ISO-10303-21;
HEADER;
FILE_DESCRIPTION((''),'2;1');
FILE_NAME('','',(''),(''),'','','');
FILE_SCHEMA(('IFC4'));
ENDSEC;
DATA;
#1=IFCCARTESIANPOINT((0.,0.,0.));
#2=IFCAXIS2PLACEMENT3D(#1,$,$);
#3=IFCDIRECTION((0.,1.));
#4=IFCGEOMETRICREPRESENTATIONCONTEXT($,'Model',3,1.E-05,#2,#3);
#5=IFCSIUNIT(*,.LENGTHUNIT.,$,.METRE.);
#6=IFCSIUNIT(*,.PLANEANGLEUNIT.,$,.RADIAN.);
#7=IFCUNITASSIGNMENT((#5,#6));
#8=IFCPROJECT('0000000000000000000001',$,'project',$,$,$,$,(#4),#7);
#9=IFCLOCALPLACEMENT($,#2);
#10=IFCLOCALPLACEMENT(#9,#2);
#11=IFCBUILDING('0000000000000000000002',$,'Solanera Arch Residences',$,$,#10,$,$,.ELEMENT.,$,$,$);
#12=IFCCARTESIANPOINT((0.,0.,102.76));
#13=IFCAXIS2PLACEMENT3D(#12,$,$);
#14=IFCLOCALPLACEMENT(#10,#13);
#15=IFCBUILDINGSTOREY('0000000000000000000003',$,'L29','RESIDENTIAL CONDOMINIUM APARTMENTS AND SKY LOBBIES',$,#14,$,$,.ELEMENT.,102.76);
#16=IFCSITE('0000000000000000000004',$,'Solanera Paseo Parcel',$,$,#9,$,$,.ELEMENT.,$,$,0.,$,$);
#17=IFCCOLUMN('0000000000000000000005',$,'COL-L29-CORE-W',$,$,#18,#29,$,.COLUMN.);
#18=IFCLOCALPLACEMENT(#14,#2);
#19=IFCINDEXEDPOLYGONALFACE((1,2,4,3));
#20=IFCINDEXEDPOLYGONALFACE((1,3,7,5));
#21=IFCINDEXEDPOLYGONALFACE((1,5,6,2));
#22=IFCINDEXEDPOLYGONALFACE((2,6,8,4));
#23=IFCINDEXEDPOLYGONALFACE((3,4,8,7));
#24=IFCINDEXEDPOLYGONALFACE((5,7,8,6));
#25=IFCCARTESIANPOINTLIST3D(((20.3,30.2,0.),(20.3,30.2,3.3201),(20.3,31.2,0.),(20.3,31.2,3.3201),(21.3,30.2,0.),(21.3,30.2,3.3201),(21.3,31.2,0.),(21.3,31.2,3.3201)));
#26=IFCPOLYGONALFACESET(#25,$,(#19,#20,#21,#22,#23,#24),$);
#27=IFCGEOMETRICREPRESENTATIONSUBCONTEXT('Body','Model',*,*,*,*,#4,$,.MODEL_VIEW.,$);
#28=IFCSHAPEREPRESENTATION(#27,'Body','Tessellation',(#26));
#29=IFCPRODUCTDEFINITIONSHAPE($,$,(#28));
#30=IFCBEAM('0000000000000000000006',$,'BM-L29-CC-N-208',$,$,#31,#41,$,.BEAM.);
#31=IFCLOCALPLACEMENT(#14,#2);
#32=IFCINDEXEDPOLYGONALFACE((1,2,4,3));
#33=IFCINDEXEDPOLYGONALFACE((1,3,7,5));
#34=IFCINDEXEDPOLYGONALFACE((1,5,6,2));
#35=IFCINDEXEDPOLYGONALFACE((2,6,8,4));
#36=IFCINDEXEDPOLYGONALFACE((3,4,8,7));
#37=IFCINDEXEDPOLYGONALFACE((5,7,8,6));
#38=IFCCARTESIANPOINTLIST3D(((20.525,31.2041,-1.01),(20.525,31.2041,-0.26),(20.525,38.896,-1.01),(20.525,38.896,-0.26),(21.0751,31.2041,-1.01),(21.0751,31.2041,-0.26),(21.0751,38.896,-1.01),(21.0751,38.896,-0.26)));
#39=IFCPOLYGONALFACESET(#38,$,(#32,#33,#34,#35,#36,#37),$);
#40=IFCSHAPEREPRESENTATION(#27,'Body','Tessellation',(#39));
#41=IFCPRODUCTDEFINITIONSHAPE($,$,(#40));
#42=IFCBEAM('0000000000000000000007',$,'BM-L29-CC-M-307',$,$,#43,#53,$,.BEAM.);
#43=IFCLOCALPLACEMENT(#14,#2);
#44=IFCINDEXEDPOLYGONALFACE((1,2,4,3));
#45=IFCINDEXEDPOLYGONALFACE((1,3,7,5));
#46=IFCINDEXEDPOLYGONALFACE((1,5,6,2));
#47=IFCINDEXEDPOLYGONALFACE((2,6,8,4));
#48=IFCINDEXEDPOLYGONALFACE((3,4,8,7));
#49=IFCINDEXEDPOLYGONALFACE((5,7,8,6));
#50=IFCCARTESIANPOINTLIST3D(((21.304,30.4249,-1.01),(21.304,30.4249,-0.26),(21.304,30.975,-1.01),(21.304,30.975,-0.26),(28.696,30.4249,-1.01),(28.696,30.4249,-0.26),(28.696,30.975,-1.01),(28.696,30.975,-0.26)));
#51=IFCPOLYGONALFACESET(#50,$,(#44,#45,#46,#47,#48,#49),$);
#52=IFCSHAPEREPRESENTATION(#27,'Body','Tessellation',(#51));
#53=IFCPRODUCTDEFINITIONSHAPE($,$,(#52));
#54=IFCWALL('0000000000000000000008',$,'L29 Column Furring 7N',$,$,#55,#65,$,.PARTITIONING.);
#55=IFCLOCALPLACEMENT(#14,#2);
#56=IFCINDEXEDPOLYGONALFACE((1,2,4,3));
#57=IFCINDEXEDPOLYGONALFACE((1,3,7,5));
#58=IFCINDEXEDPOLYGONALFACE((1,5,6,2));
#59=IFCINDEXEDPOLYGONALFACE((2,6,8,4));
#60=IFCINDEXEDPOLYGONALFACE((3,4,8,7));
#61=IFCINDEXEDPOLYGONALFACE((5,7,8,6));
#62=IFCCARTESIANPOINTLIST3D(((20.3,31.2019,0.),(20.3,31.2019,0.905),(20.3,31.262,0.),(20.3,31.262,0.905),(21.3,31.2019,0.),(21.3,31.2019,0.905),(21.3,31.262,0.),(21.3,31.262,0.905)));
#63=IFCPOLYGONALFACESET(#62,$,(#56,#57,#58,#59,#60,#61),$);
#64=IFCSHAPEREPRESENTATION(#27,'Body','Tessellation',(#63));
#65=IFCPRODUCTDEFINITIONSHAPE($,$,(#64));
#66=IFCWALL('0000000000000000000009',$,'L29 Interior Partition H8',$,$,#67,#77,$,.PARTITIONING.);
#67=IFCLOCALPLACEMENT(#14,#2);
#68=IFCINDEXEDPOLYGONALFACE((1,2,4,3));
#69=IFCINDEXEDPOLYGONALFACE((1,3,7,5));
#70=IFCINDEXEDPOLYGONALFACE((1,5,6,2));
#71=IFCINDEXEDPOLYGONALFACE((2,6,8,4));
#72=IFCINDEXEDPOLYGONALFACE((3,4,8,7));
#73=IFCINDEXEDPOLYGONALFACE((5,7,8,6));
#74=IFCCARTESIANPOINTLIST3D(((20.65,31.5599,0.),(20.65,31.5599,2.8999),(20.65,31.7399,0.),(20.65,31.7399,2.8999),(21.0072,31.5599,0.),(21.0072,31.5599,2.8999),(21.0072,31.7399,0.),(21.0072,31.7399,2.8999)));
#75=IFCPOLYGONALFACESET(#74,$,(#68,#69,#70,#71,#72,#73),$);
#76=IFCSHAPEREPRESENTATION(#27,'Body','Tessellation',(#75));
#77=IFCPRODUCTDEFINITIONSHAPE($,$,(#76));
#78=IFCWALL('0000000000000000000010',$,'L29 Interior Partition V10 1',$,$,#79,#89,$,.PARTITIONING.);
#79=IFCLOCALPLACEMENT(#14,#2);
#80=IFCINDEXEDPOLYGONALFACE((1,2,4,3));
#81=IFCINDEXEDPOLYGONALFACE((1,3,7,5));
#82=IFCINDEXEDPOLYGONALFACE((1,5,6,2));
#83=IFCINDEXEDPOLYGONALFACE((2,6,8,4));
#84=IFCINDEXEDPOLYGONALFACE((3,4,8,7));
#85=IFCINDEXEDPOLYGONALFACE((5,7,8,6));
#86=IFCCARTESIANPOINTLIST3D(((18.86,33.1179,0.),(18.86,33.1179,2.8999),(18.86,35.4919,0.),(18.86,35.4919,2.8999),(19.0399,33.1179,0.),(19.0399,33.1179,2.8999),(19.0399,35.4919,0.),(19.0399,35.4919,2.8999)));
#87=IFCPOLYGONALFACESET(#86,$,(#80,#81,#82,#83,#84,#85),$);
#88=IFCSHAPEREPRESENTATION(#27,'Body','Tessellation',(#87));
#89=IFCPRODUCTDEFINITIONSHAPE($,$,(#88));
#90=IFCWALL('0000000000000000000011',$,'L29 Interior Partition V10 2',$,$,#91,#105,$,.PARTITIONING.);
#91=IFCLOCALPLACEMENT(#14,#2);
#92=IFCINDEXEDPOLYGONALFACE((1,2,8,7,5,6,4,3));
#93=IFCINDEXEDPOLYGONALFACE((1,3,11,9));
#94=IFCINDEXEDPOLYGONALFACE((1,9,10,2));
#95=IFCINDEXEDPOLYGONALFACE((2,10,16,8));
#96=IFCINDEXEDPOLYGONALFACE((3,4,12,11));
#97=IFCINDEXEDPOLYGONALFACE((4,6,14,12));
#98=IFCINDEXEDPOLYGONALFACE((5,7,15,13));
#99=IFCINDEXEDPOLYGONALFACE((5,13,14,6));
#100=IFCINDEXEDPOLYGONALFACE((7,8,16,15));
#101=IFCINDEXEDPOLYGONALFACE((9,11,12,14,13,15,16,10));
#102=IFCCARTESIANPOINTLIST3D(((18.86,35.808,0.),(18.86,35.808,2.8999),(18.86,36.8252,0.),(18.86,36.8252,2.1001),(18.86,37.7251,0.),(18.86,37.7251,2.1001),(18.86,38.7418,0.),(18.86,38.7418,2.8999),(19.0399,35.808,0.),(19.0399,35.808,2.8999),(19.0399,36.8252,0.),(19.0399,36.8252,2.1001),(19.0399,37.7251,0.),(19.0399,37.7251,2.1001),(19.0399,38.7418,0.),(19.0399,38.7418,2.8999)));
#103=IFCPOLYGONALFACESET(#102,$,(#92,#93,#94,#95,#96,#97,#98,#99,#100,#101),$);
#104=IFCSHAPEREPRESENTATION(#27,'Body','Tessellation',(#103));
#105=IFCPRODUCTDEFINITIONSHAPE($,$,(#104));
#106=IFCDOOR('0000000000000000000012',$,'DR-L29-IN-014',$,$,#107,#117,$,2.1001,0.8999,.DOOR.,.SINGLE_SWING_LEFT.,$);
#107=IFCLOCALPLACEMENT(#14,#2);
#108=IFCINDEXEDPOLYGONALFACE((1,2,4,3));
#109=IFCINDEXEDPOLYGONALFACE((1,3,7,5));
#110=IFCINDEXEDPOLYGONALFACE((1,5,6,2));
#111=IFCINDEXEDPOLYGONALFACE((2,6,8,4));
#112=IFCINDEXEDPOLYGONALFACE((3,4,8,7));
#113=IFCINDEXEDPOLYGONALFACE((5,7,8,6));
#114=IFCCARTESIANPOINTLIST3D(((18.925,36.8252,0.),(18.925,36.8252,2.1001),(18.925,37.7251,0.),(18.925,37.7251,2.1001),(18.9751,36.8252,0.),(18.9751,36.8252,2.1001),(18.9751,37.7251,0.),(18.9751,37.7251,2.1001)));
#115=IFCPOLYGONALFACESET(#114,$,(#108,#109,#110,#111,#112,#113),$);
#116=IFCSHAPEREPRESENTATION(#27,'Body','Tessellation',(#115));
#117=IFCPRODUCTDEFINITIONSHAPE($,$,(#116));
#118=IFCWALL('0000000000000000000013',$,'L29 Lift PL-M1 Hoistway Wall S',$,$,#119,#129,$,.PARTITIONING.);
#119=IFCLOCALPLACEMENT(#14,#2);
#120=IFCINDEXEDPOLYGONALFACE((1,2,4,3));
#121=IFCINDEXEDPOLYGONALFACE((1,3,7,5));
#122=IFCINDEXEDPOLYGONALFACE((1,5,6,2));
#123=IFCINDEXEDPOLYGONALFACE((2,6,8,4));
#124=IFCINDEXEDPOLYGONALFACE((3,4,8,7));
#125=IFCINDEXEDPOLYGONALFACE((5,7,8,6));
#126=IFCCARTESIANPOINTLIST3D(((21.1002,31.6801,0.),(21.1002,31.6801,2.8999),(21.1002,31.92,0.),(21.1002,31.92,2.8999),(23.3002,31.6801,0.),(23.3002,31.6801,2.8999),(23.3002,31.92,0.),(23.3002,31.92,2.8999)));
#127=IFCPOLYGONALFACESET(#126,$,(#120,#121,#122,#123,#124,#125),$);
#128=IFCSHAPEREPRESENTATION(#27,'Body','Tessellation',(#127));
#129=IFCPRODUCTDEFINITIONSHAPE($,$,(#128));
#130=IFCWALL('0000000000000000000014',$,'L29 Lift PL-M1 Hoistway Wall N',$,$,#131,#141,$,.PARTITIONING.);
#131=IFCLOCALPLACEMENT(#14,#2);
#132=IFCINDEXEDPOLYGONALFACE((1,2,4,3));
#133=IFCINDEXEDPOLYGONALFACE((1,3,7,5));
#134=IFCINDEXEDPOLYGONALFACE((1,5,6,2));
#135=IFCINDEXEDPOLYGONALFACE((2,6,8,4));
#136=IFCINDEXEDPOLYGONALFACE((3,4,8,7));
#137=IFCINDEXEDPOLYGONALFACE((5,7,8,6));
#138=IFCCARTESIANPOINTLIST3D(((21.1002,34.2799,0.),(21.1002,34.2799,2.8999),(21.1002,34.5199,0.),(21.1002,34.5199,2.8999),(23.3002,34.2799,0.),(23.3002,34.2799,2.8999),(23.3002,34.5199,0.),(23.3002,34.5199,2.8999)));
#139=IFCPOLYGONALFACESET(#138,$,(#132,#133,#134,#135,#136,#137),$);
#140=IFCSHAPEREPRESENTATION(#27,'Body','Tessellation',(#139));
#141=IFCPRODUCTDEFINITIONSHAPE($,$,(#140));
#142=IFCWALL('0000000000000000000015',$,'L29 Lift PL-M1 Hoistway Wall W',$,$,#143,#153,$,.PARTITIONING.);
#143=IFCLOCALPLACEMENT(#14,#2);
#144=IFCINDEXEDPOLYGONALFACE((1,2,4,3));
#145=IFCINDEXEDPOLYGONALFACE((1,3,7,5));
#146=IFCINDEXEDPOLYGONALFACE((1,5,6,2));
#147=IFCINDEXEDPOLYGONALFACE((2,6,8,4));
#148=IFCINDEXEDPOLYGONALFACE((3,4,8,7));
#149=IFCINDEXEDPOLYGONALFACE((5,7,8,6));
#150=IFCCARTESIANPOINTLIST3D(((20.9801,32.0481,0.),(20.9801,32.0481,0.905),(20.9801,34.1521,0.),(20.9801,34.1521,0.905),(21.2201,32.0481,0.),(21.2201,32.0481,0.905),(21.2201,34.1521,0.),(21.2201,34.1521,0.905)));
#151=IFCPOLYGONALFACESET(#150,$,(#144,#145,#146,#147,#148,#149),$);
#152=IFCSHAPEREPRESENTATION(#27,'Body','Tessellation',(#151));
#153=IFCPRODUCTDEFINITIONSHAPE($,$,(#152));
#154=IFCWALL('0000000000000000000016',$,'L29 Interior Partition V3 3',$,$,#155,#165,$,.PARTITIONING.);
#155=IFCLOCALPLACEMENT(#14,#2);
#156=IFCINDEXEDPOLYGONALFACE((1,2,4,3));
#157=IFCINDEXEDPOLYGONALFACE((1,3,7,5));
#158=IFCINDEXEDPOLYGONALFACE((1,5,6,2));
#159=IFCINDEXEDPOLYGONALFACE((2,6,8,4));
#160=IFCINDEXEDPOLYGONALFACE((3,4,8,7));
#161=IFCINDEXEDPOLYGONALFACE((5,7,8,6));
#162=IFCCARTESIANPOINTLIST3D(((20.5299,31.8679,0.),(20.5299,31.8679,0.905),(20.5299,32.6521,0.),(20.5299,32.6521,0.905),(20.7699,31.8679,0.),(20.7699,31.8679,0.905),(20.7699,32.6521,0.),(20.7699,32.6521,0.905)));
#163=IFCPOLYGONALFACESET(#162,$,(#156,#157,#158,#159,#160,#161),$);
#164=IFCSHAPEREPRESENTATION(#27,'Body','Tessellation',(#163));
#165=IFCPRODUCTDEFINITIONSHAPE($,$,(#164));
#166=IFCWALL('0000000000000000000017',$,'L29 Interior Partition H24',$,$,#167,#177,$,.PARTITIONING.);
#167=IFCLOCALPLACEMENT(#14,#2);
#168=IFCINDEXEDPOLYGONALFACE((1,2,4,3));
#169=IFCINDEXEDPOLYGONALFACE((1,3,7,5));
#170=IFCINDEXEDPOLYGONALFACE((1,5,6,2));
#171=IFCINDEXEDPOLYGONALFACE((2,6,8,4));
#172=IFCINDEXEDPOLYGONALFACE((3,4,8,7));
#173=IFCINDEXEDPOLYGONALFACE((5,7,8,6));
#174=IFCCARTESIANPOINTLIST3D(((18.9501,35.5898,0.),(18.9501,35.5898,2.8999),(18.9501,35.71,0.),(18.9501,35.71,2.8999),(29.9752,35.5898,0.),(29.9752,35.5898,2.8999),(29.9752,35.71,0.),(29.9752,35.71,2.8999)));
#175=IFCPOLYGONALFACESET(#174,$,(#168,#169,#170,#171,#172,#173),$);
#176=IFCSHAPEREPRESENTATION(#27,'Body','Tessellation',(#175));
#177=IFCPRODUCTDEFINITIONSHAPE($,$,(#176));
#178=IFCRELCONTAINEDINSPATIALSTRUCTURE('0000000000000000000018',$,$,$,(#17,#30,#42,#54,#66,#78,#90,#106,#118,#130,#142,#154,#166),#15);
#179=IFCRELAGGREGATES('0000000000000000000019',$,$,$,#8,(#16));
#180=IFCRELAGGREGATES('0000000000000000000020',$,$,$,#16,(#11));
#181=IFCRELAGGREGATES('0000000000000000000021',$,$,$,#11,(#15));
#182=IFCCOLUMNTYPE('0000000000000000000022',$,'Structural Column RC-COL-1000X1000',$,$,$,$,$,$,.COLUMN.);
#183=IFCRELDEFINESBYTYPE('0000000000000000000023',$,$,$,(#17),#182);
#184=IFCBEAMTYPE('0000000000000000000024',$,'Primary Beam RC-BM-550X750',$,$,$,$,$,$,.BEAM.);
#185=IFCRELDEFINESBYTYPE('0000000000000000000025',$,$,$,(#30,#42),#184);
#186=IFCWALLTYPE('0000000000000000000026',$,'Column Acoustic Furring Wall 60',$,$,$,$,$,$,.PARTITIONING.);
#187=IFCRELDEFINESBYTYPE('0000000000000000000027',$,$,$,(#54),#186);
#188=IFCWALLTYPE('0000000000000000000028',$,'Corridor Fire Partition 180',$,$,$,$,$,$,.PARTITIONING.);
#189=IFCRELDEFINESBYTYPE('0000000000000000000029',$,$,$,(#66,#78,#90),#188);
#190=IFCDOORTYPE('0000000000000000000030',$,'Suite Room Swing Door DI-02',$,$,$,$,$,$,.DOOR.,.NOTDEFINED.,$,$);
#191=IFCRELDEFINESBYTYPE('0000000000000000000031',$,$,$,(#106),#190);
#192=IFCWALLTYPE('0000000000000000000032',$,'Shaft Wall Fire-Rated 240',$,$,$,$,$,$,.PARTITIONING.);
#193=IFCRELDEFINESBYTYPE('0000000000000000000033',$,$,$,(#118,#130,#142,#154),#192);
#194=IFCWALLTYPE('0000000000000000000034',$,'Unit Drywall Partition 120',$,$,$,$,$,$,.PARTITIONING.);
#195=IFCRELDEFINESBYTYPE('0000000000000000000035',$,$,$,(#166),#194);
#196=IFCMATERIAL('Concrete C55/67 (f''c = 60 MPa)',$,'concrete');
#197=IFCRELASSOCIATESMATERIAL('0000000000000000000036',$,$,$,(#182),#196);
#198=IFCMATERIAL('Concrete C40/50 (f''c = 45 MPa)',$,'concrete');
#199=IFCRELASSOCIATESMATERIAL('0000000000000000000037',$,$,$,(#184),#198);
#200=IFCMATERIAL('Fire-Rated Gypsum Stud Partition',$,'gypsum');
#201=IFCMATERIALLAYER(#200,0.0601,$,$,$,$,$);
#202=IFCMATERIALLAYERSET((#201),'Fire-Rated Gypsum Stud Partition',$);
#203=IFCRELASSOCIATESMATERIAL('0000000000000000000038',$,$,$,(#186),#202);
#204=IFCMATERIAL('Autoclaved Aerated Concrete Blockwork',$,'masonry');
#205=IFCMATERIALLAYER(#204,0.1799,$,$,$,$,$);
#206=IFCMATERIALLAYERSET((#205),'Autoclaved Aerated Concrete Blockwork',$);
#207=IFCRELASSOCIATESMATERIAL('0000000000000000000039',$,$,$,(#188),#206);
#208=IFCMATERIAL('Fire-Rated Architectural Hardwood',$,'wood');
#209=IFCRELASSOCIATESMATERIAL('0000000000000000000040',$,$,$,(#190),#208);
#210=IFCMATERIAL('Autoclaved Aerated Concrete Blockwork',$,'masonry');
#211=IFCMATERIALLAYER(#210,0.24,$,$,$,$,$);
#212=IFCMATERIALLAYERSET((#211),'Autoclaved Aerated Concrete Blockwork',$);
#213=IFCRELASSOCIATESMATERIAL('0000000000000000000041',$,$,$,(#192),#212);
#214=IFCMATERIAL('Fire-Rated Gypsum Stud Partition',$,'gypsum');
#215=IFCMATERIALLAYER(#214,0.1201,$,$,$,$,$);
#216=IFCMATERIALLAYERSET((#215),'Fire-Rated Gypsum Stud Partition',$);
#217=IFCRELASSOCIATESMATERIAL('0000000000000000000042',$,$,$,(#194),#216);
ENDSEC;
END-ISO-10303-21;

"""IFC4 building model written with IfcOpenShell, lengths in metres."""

from ifc_helpers import new_model, si_unit, direction, frame, frame_2d, origin, origin_2d, place, context, subcontext, project, spatial, rectangle, extrude, material, layer, layer_set, material_profile, profile_set, type_object, element, fill, save


model = new_model("IFC4")

# Units and contexts
model_context = context("Model", 3, precision=1e-05, world=origin(), true_north=direction((0.0, 1.0)))
body_context = subcontext(model_context, "Body", "Model", "MODEL_VIEW")
ifc_project = project(units=[si_unit("LENGTHUNIT", "METRE"), si_unit("PLANEANGLEUNIT", "RADIAN")], contexts=[model_context])

# Site, building, storey
site_placement = place(None, origin())
site = spatial("IfcSite", under=ifc_project, at=site_placement, Name="Solanera Paseo Parcel", CompositionType="ELEMENT", RefElevation=0.0)
building_placement = place(site_placement, origin())
building = spatial("IfcBuilding", under=site, at=building_placement, Name="Solanera Arch Residences", CompositionType="ELEMENT")
storey_placement = place(building_placement, frame((0.0, 0.0, 102.76)))
storey = spatial("IfcBuildingStorey", under=building, at=storey_placement, Name="L29", Description="RESIDENTIAL CONDOMINIUM APARTMENTS AND SKY LOBBIES", CompositionType="ELEMENT", Elevation=102.76)

# Column
ifc_material_1 = material(Name="Concrete C55/67 (f'c = 60 MPa)", Category="concrete")
ifc_material_profile_1 = material_profile(ifc_material_1, rectangle(XDim=1.0, YDim=1.0, at=origin_2d()))
ifc_profile_set_1 = profile_set([ifc_material_profile_1], Name="Concrete C55/67 (f'c = 60 MPa)")
column_type = type_object("IfcColumnType", Name="Structural Column RC-COL-1000X1000", PredefinedType="COLUMN", material=ifc_profile_set_1)
column_placement = place(storey_placement, frame((20.8, 30.7, 0.0), z_axis=(0.0, 0.0, 1.0), x_axis=(1.0, 0.0, 0.0)))
element("IfcColumn", 1, at=column_placement, inside=storey, type_object=column_type, Name="COL-L29-CORE-W", PredefinedType="COLUMN", context=body_context, shape_type="SweptSolid", body=[
    extrude(rectangle(XDim=1.0, YDim=1.0, at=origin_2d()), origin(), (0.0, 0.0, 1.0), 3.3201),
])

# Beams
ifc_material_2 = material(Name="Concrete C40/50 (f'c = 45 MPa)", Category="concrete")
ifc_material_profile_2 = material_profile(ifc_material_2, rectangle(XDim=0.55, YDim=0.75, at=origin_2d()))
ifc_profile_set_2 = profile_set([ifc_material_profile_2], Name="Concrete C40/50 (f'c = 45 MPa)")
beam_type = type_object("IfcBeamType", Name="Primary Beam RC-BM-550X750", PredefinedType="BEAM", material=ifc_profile_set_2)
beam_1_placement = place(storey_placement, frame((20.8, 31.2041, -0.635), z_axis=(0.0, 1.0, 0.0), x_axis=(-1.0, 0.0, 0.0)))
element("IfcBeam", 2, at=beam_1_placement, inside=storey, type_object=beam_type, Name="BM-L29-CC-N-208", PredefinedType="BEAM", context=body_context, shape_type="SweptSolid", body=[
    extrude(rectangle(XDim=0.55, YDim=0.75, at=origin_2d()), origin(), (0.0, 0.0, 1.0), 7.6919),
])
beam_2_placement = place(storey_placement, frame((21.304, 30.7, -0.635), z_axis=(1.0, 0.0, 0.0), x_axis=(0.0, 1.0, 0.0)))
element("IfcBeam", 3, at=beam_2_placement, inside=storey, type_object=beam_type, Name="BM-L29-CC-M-307", PredefinedType="BEAM", context=body_context, shape_type="SweptSolid", body=[
    extrude(rectangle(XDim=0.55, YDim=0.75, at=origin_2d()), origin(), (0.0, 0.0, 1.0), 7.3921),
])

# Wall
ifc_material_3 = material(Name="Fire-Rated Gypsum Stud Partition", Category="gypsum")
ifc_layer_1 = layer(ifc_material_3, 0.0601)
ifc_layer_set_1 = layer_set([ifc_layer_1], Name="Fire-Rated Gypsum Stud Partition")
wall_type_1 = type_object("IfcWallType", Name="Column Acoustic Furring Wall 60", PredefinedType="PARTITIONING", material=ifc_layer_set_1)
wall_1_placement = place(storey_placement, frame((20.3, 31.2319, 0.0), z_axis=(0.0, 0.0, 1.0), x_axis=(1.0, 0.0, 0.0)))
element("IfcWall", 4, at=wall_1_placement, inside=storey, type_object=wall_type_1, Name="L29 Column Furring 7N", PredefinedType="PARTITIONING", context=body_context, shape_type="SweptSolid", body=[
    extrude(rectangle(XDim=1.0, YDim=0.0601, at=frame_2d((0.5, 0.0))), origin(), (0.0, 0.0, 1.0), 0.905),
])

# Walls
ifc_material_4 = material(Name="Autoclaved Aerated Concrete Blockwork", Category="masonry")
ifc_layer_2 = layer(ifc_material_4, 0.1799)
ifc_layer_set_2 = layer_set([ifc_layer_2], Name="Autoclaved Aerated Concrete Blockwork")
wall_type_2 = type_object("IfcWallType", Name="Corridor Fire Partition 180", PredefinedType="PARTITIONING", material=ifc_layer_set_2)
wall_2_placement = place(storey_placement, frame((20.6499, 31.6499, 0.0), z_axis=(0.0, 0.0, 1.0), x_axis=(1.0, 0.0, 0.0)))
element("IfcWall", 5, at=wall_2_placement, inside=storey, type_object=wall_type_2, Name="L29 Interior Partition H8", PredefinedType="PARTITIONING", context=body_context, shape_type="SweptSolid", body=[
    extrude(rectangle(XDim=0.3572, YDim=0.1799, at=frame_2d((0.1787, 0.0))), origin(), (0.0, 0.0, 1.0), 2.8999),
])
wall_3_placement = place(storey_placement, frame((18.95, 33.1179, 0.0), z_axis=(0.0, 0.0, 1.0), x_axis=(0.0, 1.0, 0.0)))
element("IfcWall", 6, at=wall_3_placement, inside=storey, type_object=wall_type_2, Name="L29 Interior Partition V10 1", PredefinedType="PARTITIONING", context=body_context, shape_type="SweptSolid", body=[
    extrude(rectangle(XDim=2.374, YDim=0.1799, at=frame_2d((1.187, 0.0))), origin(), (0.0, 0.0, 1.0), 2.8999),
])

# Wall, opening, door
wall_4_placement = place(storey_placement, frame((18.95, 35.8081, 0.0), z_axis=(0.0, 0.0, 1.0), x_axis=(0.0, 1.0, 0.0)))
wall_4 = element("IfcWall", 7, at=wall_4_placement, inside=storey, type_object=wall_type_2, Name="L29 Interior Partition V10 2", PredefinedType="PARTITIONING", context=body_context, shape_type="SweptSolid", body=[
    extrude(rectangle(XDim=2.9338, YDim=0.1799, at=frame_2d((1.4668, 0.0))), origin(), (0.0, 0.0, 1.0), 2.8999),
])
opening_1_placement = place(wall_4_placement, frame((1.0171, 0.0, 0.0)))
opening_1 = element("IfcOpeningElement", 8, at=opening_1_placement, cuts=wall_4, PredefinedType="OPENING", context=body_context, shape_type="SweptSolid", body=[
    extrude(rectangle(XDim=0.8999, YDim=2.1001, at=frame_2d((0.45, 1.05))), frame((0.0, 0.1001, 0.0), z_axis=(0.0, -1.0, 0.0), x_axis=(1.0, 0.0, 0.0)), (0.0, 0.0, 1.0), 0.1999),
])
ifc_material_5 = material(Name="Fire-Rated Architectural Hardwood", Category="wood")
door_type_1 = type_object("IfcDoorType", Name="Suite Room Swing Door DI-02", OperationType="NOTDEFINED", PredefinedType="DOOR", material=ifc_material_5)
door_1_placement = place(opening_1_placement, origin())
door_1 = element("IfcDoor", 9, at=door_1_placement, inside=storey, type_object=door_type_1, Name="DR-L29-IN-014", OperationType="SINGLE_SWING_LEFT", OverallHeight=2.1001, OverallWidth=0.8999, PredefinedType="DOOR", context=body_context, shape_type="SweptSolid", body=[
    extrude(rectangle(XDim=0.8999, YDim=2.1001, at=frame_2d((0.45, 1.05))), frame((0.0, 0.0249, 0.0), z_axis=(0.0, -1.0, 0.0), x_axis=(1.0, 0.0, 0.0)), (0.0, 0.0, 1.0), 0.05),
])
fill(opening_1, door_1)

# Walls
ifc_material_6 = material(Name="Autoclaved Aerated Concrete Blockwork", Category="masonry")
ifc_layer_3 = layer(ifc_material_6, 0.24)
ifc_layer_set_3 = layer_set([ifc_layer_3], Name="Autoclaved Aerated Concrete Blockwork")
wall_type_3 = type_object("IfcWallType", Name="Shaft Wall Fire-Rated 240", PredefinedType="PARTITIONING", material=ifc_layer_set_3)
for number, where, z_axis, x_axis, name in (
    (10, (21.1001, 31.8, 0.0), (0.0, 0.0, 1.0), (1.0, 0.0, 0.0), "L29 Lift PL-M1 Hoistway Wall S"),
    (11, (21.1001, 34.3999, 0.0), (0.0, 0.0, 1.0), (1.0, 0.0, 0.0), "L29 Lift PL-M1 Hoistway Wall N"),
):
    element("IfcWall", number, at=place(storey_placement, frame(where, z_axis=z_axis, x_axis=x_axis)), inside=storey, type_object=wall_type_3, Name=name, PredefinedType="PARTITIONING", context=body_context, shape_type="SweptSolid", body=[
        extrude(rectangle(XDim=2.2, YDim=0.24, at=frame_2d((1.1001, 0.0))), origin(), (0.0, 0.0, 1.0), 2.8999),
    ])
wall_5_placement = place(storey_placement, frame((21.1001, 32.0481, 0.0), z_axis=(0.0, 0.0, 1.0), x_axis=(0.0, 1.0, 0.0)))
element("IfcWall", 12, at=wall_5_placement, inside=storey, type_object=wall_type_3, Name="L29 Lift PL-M1 Hoistway Wall W", PredefinedType="PARTITIONING", context=body_context, shape_type="SweptSolid", body=[
    extrude(rectangle(XDim=2.104, YDim=0.24, at=frame_2d((1.052, 0.0))), origin(), (0.0, 0.0, 1.0), 0.905),
])

# Walls
wall_6_placement = place(storey_placement, frame((20.6499, 31.8679, 0.0), z_axis=(0.0, 0.0, 1.0), x_axis=(0.0, 1.0, 0.0)))
element("IfcWall", 13, at=wall_6_placement, inside=storey, type_object=wall_type_3, Name="L29 Interior Partition V3 3", PredefinedType="PARTITIONING", context=body_context, shape_type="SweptSolid", body=[
    extrude(rectangle(XDim=0.7842, YDim=0.24, at=frame_2d((0.3921, 0.0))), origin(), (0.0, 0.0, 1.0), 0.905),
])
ifc_material_7 = material(Name="Fire-Rated Gypsum Stud Partition", Category="gypsum")
ifc_layer_4 = layer(ifc_material_7, 0.1201)
ifc_layer_set_4 = layer_set([ifc_layer_4], Name="Fire-Rated Gypsum Stud Partition")
wall_type_4 = type_object("IfcWallType", Name="Unit Drywall Partition 120", PredefinedType="PARTITIONING", material=ifc_layer_set_4)
wall_7_placement = place(storey_placement, frame((18.95, 35.6499, 0.0), z_axis=(0.0, 0.0, 1.0), x_axis=(1.0, 0.0, 0.0)))
element("IfcWall", 14, at=wall_7_placement, inside=storey, type_object=wall_type_4, Name="L29 Interior Partition H24", PredefinedType="PARTITIONING", context=body_context, shape_type="SweptSolid", body=[
    extrude(rectangle(XDim=11.0251, YDim=0.1201, at=frame_2d((5.5127, 0.0))), origin(), (0.0, 0.0, 1.0), 2.8999),
])

save(model, "model.ifc")
